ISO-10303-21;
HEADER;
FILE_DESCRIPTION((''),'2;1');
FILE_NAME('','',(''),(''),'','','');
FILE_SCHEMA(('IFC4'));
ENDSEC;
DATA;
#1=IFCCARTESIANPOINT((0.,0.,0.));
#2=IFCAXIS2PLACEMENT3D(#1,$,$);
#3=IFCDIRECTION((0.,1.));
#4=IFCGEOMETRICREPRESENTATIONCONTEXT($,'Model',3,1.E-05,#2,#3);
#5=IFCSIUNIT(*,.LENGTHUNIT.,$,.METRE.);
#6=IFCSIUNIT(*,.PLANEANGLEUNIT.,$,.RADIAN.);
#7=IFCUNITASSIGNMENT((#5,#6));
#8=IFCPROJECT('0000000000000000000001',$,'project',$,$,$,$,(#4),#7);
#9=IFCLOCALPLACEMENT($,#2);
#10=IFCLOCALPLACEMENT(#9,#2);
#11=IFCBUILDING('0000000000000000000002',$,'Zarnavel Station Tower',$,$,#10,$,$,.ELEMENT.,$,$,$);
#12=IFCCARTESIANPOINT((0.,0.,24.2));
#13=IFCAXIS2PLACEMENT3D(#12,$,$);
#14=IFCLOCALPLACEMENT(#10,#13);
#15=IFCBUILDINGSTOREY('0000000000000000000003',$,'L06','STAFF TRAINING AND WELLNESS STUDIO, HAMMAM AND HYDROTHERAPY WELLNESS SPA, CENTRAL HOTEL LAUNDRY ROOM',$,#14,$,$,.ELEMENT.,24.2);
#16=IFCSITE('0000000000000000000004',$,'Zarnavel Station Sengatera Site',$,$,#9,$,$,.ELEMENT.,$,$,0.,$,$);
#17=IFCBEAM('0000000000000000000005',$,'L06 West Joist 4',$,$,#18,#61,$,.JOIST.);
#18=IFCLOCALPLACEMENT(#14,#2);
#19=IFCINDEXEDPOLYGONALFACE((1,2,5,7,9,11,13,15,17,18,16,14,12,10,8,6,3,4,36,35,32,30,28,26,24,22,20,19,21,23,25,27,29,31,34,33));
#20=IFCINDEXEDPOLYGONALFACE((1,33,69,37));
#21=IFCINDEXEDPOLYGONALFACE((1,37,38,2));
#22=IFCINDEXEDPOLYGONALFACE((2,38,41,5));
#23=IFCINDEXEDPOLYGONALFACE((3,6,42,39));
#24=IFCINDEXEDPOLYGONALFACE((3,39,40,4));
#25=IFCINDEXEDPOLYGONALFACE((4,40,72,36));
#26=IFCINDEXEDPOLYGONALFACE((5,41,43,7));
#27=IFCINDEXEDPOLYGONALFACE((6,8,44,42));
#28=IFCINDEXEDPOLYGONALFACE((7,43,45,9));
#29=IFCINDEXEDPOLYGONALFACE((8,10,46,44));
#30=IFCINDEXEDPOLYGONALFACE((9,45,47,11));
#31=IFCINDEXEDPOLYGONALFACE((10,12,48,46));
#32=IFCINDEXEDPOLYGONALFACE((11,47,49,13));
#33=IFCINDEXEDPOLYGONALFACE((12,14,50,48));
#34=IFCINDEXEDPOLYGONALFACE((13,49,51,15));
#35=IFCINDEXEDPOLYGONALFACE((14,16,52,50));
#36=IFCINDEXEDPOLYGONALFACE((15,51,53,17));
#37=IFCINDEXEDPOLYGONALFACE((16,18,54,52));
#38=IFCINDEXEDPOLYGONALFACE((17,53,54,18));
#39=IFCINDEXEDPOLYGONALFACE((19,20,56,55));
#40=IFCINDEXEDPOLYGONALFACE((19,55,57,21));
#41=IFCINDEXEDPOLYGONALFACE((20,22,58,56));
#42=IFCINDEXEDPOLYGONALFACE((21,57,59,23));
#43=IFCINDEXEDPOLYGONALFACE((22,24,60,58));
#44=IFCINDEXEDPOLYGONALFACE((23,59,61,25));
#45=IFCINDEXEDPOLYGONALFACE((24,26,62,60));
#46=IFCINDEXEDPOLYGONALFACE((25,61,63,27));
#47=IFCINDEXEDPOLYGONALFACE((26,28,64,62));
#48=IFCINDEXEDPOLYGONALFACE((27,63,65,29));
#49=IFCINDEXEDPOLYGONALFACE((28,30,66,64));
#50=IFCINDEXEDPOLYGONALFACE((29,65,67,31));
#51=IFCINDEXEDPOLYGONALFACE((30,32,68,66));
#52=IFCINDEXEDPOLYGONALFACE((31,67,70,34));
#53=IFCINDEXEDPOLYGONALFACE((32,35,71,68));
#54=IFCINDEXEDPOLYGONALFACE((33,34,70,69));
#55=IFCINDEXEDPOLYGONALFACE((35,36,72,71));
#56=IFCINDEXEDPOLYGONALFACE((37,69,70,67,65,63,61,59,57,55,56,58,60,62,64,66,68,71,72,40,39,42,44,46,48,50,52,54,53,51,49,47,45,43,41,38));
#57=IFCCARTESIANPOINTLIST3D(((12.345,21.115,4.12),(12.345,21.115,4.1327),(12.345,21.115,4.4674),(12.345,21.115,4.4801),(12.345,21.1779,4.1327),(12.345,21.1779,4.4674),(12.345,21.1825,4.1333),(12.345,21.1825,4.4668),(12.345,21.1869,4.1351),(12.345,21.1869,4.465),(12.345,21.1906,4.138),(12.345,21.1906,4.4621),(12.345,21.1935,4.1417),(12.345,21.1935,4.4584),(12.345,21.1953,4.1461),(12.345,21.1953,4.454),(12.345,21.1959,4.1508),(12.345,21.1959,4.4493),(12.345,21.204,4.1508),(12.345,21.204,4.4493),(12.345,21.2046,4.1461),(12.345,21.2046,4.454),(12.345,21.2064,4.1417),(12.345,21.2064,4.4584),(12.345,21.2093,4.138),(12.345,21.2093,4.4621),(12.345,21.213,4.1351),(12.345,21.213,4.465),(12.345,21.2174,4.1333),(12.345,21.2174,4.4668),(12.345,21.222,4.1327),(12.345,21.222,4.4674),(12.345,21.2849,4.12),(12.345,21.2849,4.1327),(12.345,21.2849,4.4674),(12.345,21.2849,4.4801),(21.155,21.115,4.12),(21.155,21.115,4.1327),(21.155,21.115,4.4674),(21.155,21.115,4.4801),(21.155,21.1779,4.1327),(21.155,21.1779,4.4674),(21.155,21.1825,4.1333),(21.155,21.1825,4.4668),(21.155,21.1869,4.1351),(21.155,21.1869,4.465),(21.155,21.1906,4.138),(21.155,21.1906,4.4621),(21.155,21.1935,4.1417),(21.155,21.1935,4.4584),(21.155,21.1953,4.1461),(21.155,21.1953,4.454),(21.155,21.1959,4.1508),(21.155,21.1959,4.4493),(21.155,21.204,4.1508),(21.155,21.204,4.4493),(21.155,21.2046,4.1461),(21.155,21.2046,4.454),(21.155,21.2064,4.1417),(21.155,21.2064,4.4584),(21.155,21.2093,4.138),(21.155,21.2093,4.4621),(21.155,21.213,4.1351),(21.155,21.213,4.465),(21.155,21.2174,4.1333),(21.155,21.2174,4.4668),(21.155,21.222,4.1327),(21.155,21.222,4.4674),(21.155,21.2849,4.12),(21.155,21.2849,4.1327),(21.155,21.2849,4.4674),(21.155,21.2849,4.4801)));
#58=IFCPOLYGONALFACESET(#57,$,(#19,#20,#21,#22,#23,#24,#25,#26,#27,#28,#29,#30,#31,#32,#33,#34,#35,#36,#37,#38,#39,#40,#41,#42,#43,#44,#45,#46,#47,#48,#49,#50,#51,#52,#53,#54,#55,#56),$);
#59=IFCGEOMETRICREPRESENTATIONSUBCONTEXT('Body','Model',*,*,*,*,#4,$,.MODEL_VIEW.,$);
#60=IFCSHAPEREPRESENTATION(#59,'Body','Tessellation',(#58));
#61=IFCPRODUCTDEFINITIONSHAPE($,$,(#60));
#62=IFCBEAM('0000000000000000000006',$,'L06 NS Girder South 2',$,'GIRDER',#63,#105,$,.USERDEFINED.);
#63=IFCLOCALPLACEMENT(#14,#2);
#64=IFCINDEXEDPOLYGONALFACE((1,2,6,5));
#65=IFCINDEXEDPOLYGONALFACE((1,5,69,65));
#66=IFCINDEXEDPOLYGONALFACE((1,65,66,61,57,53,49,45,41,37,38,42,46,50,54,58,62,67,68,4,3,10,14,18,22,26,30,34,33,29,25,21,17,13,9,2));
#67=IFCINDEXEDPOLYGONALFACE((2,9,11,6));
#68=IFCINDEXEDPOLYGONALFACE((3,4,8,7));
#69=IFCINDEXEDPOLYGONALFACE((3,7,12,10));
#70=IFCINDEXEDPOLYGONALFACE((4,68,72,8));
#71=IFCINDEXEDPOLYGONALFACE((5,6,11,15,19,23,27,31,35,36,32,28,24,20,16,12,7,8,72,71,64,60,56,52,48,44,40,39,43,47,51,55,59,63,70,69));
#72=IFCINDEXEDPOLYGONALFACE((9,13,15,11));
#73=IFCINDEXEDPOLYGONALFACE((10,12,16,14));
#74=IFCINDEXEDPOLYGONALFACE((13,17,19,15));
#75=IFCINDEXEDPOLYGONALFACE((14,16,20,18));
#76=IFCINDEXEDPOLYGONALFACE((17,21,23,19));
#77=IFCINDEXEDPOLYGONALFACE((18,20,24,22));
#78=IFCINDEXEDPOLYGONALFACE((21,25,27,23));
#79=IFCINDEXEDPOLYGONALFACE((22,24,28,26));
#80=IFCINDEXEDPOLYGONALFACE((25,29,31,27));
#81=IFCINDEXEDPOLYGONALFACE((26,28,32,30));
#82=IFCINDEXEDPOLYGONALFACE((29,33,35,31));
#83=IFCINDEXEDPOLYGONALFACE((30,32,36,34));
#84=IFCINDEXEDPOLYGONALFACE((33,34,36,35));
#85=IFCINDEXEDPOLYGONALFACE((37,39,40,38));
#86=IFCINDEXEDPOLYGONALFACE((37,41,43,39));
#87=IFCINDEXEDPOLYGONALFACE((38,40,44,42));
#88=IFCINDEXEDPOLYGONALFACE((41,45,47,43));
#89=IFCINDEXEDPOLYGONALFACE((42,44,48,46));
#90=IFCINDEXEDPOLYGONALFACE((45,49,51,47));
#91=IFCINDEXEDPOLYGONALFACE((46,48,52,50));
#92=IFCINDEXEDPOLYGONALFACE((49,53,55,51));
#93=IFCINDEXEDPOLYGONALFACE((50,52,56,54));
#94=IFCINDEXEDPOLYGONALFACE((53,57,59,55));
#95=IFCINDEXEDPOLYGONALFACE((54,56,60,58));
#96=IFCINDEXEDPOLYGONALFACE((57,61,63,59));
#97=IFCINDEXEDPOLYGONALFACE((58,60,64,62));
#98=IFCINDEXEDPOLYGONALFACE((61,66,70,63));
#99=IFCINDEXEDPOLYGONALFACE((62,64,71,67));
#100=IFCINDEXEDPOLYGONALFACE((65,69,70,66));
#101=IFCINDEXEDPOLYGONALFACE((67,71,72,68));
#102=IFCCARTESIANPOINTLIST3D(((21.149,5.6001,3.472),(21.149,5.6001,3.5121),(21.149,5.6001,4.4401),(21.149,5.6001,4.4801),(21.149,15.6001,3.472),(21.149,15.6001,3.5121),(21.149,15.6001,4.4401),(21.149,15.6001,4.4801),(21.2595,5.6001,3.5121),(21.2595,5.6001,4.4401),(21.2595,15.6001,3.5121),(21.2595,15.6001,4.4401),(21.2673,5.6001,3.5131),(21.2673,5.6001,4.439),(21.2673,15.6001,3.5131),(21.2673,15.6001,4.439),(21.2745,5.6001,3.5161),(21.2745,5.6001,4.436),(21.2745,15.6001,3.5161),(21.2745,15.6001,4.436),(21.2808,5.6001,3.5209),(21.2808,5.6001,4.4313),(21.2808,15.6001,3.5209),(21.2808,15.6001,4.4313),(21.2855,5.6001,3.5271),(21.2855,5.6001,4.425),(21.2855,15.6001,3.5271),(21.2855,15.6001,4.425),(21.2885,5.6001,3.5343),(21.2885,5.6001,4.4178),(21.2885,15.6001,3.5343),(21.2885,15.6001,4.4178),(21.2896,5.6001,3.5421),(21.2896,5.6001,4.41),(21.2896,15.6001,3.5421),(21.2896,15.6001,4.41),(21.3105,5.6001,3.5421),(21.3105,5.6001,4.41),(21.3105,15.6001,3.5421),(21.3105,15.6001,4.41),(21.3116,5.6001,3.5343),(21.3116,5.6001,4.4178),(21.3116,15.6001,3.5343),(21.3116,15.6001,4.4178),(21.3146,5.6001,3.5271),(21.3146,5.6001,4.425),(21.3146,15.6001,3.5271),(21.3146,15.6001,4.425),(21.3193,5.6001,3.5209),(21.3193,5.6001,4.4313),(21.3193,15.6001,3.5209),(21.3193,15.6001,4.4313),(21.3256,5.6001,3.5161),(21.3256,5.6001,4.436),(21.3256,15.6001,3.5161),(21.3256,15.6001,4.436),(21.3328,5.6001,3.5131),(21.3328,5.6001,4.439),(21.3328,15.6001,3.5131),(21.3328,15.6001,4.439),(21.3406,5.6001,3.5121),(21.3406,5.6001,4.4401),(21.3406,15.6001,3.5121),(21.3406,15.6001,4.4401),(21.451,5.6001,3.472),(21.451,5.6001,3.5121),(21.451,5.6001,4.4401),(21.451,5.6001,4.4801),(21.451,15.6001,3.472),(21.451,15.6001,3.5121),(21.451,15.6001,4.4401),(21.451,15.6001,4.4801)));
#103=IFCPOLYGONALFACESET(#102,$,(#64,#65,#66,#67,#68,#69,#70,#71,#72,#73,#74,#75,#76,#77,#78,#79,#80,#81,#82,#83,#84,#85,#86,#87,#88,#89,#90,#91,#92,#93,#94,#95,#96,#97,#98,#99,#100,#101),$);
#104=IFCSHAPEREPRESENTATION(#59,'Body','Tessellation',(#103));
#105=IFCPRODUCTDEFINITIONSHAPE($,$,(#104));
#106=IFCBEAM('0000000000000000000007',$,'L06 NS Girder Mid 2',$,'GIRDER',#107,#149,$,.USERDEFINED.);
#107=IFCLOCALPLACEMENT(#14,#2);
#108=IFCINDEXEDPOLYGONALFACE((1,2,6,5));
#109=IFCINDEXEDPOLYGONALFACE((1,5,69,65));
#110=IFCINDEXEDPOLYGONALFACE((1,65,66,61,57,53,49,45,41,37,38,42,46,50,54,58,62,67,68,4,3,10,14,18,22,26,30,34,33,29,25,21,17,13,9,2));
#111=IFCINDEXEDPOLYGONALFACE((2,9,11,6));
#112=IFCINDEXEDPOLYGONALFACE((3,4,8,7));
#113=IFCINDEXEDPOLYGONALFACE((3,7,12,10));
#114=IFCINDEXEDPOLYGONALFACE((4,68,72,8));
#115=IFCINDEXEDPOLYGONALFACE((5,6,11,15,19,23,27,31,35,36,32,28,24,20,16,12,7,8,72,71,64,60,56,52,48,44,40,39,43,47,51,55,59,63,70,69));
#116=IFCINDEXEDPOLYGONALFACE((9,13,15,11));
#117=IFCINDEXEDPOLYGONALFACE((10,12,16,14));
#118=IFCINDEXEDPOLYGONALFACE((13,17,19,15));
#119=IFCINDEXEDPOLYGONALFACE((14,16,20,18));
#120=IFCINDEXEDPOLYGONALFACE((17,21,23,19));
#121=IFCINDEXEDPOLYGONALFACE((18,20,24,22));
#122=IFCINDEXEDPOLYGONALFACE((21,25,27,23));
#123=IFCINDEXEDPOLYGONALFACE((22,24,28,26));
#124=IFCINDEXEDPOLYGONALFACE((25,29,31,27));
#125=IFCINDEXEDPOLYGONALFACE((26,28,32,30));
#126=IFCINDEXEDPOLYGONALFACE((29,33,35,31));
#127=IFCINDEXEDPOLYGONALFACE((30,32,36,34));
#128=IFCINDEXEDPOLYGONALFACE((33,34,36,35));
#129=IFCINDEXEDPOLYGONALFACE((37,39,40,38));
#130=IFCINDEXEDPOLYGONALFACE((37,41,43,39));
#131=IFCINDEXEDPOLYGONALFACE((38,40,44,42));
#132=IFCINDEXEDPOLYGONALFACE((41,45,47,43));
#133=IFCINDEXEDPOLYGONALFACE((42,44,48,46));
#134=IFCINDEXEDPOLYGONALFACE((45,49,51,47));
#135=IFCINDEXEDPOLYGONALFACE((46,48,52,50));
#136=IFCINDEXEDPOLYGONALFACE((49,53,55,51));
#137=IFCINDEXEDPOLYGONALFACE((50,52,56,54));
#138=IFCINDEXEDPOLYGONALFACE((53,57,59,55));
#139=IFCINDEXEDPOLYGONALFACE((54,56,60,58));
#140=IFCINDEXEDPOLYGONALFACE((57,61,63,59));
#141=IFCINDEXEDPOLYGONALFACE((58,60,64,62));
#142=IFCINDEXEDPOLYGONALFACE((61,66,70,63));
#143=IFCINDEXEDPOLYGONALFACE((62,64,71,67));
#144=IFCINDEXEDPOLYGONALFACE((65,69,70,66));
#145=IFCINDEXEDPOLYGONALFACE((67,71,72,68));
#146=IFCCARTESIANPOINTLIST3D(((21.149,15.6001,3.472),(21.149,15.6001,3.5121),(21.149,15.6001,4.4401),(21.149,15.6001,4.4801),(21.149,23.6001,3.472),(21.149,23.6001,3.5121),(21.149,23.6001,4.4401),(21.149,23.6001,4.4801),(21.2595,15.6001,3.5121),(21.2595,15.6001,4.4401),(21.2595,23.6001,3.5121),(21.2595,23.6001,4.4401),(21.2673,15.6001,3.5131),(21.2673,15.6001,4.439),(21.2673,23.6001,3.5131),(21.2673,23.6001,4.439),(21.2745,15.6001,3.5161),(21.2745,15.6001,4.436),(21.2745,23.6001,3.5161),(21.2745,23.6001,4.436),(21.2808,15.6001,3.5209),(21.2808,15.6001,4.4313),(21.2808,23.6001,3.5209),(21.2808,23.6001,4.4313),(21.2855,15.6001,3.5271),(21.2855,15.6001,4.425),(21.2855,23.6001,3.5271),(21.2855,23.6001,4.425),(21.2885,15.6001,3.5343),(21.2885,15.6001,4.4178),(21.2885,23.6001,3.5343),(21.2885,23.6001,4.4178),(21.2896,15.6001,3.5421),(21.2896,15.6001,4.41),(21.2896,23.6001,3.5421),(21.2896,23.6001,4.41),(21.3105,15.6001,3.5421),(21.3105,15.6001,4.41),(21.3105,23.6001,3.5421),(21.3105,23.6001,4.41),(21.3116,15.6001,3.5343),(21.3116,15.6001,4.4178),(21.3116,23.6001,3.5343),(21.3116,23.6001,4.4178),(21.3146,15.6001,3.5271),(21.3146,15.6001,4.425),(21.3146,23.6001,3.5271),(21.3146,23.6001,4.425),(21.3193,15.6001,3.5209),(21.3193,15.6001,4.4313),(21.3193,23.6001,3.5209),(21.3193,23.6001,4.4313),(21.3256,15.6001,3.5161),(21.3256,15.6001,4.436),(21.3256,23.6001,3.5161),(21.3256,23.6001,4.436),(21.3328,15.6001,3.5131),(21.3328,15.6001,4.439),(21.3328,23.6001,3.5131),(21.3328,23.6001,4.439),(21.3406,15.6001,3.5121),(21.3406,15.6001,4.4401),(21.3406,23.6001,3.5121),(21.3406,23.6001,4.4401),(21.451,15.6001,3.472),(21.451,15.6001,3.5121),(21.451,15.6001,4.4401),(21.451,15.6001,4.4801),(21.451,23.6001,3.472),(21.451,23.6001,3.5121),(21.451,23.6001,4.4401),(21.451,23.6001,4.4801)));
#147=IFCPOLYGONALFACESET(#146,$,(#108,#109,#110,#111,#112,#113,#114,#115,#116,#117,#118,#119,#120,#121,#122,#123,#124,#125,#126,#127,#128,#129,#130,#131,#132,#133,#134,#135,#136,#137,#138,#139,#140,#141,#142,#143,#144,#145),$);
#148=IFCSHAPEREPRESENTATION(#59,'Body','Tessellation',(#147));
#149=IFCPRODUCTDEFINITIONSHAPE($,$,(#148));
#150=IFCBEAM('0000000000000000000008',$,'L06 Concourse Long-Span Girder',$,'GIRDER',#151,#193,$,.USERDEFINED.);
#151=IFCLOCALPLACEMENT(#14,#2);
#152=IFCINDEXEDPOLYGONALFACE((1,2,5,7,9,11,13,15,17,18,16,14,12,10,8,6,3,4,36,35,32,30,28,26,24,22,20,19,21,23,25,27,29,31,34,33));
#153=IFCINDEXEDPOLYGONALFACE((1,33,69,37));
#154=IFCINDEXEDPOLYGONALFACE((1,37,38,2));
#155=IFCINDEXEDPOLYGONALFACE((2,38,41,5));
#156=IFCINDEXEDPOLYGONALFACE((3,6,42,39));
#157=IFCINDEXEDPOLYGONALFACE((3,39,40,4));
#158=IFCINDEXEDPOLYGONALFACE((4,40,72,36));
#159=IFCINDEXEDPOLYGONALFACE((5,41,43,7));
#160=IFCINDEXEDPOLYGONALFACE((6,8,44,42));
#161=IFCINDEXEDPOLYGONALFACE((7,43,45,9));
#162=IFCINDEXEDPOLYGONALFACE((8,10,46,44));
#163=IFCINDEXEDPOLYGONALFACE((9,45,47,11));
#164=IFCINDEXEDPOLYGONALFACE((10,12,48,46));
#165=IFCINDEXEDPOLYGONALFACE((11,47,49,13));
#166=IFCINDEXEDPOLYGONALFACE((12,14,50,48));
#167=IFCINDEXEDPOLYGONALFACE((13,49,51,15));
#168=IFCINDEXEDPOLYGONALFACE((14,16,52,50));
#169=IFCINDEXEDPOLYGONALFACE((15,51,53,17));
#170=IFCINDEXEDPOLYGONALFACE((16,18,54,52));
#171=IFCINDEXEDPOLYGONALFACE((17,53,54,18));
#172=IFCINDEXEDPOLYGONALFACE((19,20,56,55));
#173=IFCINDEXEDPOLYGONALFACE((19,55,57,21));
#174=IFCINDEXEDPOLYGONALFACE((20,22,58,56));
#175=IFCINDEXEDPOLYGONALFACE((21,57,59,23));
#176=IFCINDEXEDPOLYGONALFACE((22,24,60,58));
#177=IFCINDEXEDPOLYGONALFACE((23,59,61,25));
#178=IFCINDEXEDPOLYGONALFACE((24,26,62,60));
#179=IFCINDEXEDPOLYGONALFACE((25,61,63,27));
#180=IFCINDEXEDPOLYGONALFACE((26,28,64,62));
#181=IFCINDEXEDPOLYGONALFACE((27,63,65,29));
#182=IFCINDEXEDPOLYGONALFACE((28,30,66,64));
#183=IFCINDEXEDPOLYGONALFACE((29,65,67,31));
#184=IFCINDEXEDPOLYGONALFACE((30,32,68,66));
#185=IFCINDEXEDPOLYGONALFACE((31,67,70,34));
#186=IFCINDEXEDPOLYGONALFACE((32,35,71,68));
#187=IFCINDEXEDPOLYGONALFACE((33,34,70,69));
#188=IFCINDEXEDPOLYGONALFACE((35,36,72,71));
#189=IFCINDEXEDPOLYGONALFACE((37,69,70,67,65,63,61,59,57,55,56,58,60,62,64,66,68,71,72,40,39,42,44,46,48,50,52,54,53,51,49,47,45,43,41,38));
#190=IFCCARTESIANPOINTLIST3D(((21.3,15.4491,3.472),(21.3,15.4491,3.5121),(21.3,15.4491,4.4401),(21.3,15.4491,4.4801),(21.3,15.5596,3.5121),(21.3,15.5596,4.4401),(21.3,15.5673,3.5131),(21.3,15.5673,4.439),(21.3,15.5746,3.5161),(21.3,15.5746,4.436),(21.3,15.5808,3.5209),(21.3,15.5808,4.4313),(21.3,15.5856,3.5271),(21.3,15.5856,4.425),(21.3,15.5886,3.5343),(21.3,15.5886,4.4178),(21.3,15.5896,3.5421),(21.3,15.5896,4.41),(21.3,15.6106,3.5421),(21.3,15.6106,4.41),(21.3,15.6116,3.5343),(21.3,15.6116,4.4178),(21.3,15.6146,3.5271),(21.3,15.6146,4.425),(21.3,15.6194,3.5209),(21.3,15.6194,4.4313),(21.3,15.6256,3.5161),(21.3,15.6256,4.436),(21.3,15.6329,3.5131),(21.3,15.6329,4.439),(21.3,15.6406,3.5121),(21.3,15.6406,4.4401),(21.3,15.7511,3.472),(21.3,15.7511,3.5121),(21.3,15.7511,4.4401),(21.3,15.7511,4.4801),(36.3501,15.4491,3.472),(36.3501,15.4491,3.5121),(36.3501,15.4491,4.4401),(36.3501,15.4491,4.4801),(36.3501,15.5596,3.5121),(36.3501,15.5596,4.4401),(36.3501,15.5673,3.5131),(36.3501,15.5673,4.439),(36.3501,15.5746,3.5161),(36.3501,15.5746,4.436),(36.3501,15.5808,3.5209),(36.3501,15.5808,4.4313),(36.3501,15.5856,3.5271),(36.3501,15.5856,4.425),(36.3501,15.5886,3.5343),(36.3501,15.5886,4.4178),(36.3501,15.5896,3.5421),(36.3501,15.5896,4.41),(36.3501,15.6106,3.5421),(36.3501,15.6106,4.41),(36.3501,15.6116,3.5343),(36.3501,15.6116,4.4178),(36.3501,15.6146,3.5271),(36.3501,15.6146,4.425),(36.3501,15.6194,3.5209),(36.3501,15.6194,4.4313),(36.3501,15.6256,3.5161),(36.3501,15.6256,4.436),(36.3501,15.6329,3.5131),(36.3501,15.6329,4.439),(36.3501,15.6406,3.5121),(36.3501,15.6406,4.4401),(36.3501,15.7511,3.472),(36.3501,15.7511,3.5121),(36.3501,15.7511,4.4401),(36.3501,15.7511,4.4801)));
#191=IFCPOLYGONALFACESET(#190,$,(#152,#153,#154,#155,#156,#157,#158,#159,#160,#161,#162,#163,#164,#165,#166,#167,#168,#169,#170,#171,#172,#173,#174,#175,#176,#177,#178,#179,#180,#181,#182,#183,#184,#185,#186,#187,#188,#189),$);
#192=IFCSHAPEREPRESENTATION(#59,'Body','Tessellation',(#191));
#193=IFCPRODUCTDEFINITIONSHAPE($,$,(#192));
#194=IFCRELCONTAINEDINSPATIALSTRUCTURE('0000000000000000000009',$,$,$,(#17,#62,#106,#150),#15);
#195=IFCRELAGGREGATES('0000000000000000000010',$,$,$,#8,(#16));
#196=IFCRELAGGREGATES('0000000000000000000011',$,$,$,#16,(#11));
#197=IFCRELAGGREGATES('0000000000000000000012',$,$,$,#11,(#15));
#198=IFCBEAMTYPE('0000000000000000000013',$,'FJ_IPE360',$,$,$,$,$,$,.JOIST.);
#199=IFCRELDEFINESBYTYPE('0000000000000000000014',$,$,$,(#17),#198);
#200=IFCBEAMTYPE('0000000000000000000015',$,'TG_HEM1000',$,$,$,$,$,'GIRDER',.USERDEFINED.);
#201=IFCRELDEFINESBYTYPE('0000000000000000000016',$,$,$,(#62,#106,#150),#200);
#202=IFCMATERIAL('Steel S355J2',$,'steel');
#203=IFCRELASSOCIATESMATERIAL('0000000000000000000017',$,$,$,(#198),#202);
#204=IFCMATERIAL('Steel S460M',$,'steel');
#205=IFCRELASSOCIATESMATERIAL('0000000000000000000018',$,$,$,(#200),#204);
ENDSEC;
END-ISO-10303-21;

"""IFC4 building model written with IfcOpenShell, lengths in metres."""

from ifc_helpers import new_model, si_unit, direction, frame, origin, origin_2d, place, context, subcontext, project, spatial, i_section, extrude, material, material_profile, profile_set, type_object, element, save


model = new_model("IFC4")

# Units and contexts
model_context = context("Model", 3, precision=1e-05, world=origin(), true_north=direction((0.0, 1.0)))
body_context = subcontext(model_context, "Body", "Model", "MODEL_VIEW")
ifc_project = project(units=[si_unit("LENGTHUNIT", "METRE"), si_unit("PLANEANGLEUNIT", "RADIAN")], contexts=[model_context])

# Site, building, storey
site_placement = place(None, origin())
site = spatial("IfcSite", under=ifc_project, at=site_placement, Name="Zarnavel Station Sengatera Site", CompositionType="ELEMENT", RefElevation=0.0)
building_placement = place(site_placement, origin())
building = spatial("IfcBuilding", under=site, at=building_placement, Name="Zarnavel Station Tower", CompositionType="ELEMENT")
storey_placement = place(building_placement, frame((0.0, 0.0, 24.2)))
storey = spatial("IfcBuildingStorey", under=building, at=storey_placement, Name="L06", Description="STAFF TRAINING AND WELLNESS STUDIO, HAMMAM AND HYDROTHERAPY WELLNESS SPA, CENTRAL HOTEL LAUNDRY ROOM", CompositionType="ELEMENT", Elevation=24.2)

# Beams
ifc_material_1 = material(Name="Steel S355J2", Category="steel")
ifc_material_profile_1 = material_profile(ifc_material_1, i_section(OverallWidth=0.1699, OverallDepth=0.3601, WebThickness=0.0081, FlangeThickness=0.0127, FilletRadius=0.0181, at=origin_2d()), Name="IPE360")
ifc_profile_set_1 = profile_set([ifc_material_profile_1], Name="Steel S355J2")
beam_type_1 = type_object("IfcBeamType", Name="FJ_IPE360", PredefinedType="JOIST", material=ifc_profile_set_1)
for number, where, z_axis, x_axis, name in (
    (1, (12.345, 21.2, 4.3), (1.0, 0.0, 0.0), (0.0, 1.0, 0.0), "L06 West Joist 4"),
):
    element("IfcBeam", number, at=place(storey_placement, frame(where, z_axis=z_axis, x_axis=x_axis)), inside=storey, type_object=beam_type_1, Name=name, PredefinedType="JOIST", context=body_context, shape_type="SweptSolid", body=[
        extrude(i_section(OverallWidth=0.1699, OverallDepth=0.3601, WebThickness=0.0081, FlangeThickness=0.0127, FilletRadius=0.0181, at=origin_2d()), origin(), (0.0, 0.0, 1.0), 8.8101),
    ])
ifc_material_2 = material(Name="Steel S460M", Category="steel")
ifc_material_profile_2 = material_profile(ifc_material_2, i_section(OverallWidth=0.302, OverallDepth=1.0081, WebThickness=0.021, FlangeThickness=0.04, FilletRadius=0.03, at=origin_2d()), Name="HEM1000")
ifc_profile_set_2 = profile_set([ifc_material_profile_2], Name="Steel S460M")
beam_type_2 = type_object("IfcBeamType", Name="TG_HEM1000", ElementType="GIRDER", PredefinedType="USERDEFINED", material=ifc_profile_set_2)
beam_1_placement = place(storey_placement, frame((21.3, 5.6001, 3.9761), z_axis=(0.0, 1.0, 0.0), x_axis=(-1.0, 0.0, 0.0)))
element("IfcBeam", 2, at=beam_1_placement, inside=storey, type_object=beam_type_2, Name="L06 NS Girder South 2", ObjectType="GIRDER", PredefinedType="USERDEFINED", context=body_context, shape_type="SweptSolid", body=[
    extrude(i_section(OverallWidth=0.302, OverallDepth=1.0081, WebThickness=0.021, FlangeThickness=0.04, FilletRadius=0.03, at=origin_2d()), origin(), (0.0, 0.0, 1.0), 10.0),
])
beam_2_placement = place(storey_placement, frame((21.3, 15.6001, 3.9761), z_axis=(0.0, 1.0, 0.0), x_axis=(-1.0, 0.0, 0.0)))
element("IfcBeam", 3, at=beam_2_placement, inside=storey, type_object=beam_type_2, Name="L06 NS Girder Mid 2", ObjectType="GIRDER", PredefinedType="USERDEFINED", context=body_context, shape_type="SweptSolid", body=[
    extrude(i_section(OverallWidth=0.302, OverallDepth=1.0081, WebThickness=0.021, FlangeThickness=0.04, FilletRadius=0.03, at=origin_2d()), origin(), (0.0, 0.0, 1.0), 8.0),
])
beam_3_placement = place(storey_placement, frame((21.3, 15.6001, 3.9761), z_axis=(1.0, 0.0, 0.0), x_axis=(0.0, 1.0, 0.0)))
element("IfcBeam", 4, at=beam_3_placement, inside=storey, type_object=beam_type_2, Name="L06 Concourse Long-Span Girder", ObjectType="GIRDER", PredefinedType="USERDEFINED", context=body_context, shape_type="SweptSolid", body=[
    extrude(i_section(OverallWidth=0.302, OverallDepth=1.0081, WebThickness=0.021, FlangeThickness=0.04, FilletRadius=0.03, at=origin_2d()), origin(), (0.0, 0.0, 1.0), 15.05),
])

save(model, "model.ifc")
